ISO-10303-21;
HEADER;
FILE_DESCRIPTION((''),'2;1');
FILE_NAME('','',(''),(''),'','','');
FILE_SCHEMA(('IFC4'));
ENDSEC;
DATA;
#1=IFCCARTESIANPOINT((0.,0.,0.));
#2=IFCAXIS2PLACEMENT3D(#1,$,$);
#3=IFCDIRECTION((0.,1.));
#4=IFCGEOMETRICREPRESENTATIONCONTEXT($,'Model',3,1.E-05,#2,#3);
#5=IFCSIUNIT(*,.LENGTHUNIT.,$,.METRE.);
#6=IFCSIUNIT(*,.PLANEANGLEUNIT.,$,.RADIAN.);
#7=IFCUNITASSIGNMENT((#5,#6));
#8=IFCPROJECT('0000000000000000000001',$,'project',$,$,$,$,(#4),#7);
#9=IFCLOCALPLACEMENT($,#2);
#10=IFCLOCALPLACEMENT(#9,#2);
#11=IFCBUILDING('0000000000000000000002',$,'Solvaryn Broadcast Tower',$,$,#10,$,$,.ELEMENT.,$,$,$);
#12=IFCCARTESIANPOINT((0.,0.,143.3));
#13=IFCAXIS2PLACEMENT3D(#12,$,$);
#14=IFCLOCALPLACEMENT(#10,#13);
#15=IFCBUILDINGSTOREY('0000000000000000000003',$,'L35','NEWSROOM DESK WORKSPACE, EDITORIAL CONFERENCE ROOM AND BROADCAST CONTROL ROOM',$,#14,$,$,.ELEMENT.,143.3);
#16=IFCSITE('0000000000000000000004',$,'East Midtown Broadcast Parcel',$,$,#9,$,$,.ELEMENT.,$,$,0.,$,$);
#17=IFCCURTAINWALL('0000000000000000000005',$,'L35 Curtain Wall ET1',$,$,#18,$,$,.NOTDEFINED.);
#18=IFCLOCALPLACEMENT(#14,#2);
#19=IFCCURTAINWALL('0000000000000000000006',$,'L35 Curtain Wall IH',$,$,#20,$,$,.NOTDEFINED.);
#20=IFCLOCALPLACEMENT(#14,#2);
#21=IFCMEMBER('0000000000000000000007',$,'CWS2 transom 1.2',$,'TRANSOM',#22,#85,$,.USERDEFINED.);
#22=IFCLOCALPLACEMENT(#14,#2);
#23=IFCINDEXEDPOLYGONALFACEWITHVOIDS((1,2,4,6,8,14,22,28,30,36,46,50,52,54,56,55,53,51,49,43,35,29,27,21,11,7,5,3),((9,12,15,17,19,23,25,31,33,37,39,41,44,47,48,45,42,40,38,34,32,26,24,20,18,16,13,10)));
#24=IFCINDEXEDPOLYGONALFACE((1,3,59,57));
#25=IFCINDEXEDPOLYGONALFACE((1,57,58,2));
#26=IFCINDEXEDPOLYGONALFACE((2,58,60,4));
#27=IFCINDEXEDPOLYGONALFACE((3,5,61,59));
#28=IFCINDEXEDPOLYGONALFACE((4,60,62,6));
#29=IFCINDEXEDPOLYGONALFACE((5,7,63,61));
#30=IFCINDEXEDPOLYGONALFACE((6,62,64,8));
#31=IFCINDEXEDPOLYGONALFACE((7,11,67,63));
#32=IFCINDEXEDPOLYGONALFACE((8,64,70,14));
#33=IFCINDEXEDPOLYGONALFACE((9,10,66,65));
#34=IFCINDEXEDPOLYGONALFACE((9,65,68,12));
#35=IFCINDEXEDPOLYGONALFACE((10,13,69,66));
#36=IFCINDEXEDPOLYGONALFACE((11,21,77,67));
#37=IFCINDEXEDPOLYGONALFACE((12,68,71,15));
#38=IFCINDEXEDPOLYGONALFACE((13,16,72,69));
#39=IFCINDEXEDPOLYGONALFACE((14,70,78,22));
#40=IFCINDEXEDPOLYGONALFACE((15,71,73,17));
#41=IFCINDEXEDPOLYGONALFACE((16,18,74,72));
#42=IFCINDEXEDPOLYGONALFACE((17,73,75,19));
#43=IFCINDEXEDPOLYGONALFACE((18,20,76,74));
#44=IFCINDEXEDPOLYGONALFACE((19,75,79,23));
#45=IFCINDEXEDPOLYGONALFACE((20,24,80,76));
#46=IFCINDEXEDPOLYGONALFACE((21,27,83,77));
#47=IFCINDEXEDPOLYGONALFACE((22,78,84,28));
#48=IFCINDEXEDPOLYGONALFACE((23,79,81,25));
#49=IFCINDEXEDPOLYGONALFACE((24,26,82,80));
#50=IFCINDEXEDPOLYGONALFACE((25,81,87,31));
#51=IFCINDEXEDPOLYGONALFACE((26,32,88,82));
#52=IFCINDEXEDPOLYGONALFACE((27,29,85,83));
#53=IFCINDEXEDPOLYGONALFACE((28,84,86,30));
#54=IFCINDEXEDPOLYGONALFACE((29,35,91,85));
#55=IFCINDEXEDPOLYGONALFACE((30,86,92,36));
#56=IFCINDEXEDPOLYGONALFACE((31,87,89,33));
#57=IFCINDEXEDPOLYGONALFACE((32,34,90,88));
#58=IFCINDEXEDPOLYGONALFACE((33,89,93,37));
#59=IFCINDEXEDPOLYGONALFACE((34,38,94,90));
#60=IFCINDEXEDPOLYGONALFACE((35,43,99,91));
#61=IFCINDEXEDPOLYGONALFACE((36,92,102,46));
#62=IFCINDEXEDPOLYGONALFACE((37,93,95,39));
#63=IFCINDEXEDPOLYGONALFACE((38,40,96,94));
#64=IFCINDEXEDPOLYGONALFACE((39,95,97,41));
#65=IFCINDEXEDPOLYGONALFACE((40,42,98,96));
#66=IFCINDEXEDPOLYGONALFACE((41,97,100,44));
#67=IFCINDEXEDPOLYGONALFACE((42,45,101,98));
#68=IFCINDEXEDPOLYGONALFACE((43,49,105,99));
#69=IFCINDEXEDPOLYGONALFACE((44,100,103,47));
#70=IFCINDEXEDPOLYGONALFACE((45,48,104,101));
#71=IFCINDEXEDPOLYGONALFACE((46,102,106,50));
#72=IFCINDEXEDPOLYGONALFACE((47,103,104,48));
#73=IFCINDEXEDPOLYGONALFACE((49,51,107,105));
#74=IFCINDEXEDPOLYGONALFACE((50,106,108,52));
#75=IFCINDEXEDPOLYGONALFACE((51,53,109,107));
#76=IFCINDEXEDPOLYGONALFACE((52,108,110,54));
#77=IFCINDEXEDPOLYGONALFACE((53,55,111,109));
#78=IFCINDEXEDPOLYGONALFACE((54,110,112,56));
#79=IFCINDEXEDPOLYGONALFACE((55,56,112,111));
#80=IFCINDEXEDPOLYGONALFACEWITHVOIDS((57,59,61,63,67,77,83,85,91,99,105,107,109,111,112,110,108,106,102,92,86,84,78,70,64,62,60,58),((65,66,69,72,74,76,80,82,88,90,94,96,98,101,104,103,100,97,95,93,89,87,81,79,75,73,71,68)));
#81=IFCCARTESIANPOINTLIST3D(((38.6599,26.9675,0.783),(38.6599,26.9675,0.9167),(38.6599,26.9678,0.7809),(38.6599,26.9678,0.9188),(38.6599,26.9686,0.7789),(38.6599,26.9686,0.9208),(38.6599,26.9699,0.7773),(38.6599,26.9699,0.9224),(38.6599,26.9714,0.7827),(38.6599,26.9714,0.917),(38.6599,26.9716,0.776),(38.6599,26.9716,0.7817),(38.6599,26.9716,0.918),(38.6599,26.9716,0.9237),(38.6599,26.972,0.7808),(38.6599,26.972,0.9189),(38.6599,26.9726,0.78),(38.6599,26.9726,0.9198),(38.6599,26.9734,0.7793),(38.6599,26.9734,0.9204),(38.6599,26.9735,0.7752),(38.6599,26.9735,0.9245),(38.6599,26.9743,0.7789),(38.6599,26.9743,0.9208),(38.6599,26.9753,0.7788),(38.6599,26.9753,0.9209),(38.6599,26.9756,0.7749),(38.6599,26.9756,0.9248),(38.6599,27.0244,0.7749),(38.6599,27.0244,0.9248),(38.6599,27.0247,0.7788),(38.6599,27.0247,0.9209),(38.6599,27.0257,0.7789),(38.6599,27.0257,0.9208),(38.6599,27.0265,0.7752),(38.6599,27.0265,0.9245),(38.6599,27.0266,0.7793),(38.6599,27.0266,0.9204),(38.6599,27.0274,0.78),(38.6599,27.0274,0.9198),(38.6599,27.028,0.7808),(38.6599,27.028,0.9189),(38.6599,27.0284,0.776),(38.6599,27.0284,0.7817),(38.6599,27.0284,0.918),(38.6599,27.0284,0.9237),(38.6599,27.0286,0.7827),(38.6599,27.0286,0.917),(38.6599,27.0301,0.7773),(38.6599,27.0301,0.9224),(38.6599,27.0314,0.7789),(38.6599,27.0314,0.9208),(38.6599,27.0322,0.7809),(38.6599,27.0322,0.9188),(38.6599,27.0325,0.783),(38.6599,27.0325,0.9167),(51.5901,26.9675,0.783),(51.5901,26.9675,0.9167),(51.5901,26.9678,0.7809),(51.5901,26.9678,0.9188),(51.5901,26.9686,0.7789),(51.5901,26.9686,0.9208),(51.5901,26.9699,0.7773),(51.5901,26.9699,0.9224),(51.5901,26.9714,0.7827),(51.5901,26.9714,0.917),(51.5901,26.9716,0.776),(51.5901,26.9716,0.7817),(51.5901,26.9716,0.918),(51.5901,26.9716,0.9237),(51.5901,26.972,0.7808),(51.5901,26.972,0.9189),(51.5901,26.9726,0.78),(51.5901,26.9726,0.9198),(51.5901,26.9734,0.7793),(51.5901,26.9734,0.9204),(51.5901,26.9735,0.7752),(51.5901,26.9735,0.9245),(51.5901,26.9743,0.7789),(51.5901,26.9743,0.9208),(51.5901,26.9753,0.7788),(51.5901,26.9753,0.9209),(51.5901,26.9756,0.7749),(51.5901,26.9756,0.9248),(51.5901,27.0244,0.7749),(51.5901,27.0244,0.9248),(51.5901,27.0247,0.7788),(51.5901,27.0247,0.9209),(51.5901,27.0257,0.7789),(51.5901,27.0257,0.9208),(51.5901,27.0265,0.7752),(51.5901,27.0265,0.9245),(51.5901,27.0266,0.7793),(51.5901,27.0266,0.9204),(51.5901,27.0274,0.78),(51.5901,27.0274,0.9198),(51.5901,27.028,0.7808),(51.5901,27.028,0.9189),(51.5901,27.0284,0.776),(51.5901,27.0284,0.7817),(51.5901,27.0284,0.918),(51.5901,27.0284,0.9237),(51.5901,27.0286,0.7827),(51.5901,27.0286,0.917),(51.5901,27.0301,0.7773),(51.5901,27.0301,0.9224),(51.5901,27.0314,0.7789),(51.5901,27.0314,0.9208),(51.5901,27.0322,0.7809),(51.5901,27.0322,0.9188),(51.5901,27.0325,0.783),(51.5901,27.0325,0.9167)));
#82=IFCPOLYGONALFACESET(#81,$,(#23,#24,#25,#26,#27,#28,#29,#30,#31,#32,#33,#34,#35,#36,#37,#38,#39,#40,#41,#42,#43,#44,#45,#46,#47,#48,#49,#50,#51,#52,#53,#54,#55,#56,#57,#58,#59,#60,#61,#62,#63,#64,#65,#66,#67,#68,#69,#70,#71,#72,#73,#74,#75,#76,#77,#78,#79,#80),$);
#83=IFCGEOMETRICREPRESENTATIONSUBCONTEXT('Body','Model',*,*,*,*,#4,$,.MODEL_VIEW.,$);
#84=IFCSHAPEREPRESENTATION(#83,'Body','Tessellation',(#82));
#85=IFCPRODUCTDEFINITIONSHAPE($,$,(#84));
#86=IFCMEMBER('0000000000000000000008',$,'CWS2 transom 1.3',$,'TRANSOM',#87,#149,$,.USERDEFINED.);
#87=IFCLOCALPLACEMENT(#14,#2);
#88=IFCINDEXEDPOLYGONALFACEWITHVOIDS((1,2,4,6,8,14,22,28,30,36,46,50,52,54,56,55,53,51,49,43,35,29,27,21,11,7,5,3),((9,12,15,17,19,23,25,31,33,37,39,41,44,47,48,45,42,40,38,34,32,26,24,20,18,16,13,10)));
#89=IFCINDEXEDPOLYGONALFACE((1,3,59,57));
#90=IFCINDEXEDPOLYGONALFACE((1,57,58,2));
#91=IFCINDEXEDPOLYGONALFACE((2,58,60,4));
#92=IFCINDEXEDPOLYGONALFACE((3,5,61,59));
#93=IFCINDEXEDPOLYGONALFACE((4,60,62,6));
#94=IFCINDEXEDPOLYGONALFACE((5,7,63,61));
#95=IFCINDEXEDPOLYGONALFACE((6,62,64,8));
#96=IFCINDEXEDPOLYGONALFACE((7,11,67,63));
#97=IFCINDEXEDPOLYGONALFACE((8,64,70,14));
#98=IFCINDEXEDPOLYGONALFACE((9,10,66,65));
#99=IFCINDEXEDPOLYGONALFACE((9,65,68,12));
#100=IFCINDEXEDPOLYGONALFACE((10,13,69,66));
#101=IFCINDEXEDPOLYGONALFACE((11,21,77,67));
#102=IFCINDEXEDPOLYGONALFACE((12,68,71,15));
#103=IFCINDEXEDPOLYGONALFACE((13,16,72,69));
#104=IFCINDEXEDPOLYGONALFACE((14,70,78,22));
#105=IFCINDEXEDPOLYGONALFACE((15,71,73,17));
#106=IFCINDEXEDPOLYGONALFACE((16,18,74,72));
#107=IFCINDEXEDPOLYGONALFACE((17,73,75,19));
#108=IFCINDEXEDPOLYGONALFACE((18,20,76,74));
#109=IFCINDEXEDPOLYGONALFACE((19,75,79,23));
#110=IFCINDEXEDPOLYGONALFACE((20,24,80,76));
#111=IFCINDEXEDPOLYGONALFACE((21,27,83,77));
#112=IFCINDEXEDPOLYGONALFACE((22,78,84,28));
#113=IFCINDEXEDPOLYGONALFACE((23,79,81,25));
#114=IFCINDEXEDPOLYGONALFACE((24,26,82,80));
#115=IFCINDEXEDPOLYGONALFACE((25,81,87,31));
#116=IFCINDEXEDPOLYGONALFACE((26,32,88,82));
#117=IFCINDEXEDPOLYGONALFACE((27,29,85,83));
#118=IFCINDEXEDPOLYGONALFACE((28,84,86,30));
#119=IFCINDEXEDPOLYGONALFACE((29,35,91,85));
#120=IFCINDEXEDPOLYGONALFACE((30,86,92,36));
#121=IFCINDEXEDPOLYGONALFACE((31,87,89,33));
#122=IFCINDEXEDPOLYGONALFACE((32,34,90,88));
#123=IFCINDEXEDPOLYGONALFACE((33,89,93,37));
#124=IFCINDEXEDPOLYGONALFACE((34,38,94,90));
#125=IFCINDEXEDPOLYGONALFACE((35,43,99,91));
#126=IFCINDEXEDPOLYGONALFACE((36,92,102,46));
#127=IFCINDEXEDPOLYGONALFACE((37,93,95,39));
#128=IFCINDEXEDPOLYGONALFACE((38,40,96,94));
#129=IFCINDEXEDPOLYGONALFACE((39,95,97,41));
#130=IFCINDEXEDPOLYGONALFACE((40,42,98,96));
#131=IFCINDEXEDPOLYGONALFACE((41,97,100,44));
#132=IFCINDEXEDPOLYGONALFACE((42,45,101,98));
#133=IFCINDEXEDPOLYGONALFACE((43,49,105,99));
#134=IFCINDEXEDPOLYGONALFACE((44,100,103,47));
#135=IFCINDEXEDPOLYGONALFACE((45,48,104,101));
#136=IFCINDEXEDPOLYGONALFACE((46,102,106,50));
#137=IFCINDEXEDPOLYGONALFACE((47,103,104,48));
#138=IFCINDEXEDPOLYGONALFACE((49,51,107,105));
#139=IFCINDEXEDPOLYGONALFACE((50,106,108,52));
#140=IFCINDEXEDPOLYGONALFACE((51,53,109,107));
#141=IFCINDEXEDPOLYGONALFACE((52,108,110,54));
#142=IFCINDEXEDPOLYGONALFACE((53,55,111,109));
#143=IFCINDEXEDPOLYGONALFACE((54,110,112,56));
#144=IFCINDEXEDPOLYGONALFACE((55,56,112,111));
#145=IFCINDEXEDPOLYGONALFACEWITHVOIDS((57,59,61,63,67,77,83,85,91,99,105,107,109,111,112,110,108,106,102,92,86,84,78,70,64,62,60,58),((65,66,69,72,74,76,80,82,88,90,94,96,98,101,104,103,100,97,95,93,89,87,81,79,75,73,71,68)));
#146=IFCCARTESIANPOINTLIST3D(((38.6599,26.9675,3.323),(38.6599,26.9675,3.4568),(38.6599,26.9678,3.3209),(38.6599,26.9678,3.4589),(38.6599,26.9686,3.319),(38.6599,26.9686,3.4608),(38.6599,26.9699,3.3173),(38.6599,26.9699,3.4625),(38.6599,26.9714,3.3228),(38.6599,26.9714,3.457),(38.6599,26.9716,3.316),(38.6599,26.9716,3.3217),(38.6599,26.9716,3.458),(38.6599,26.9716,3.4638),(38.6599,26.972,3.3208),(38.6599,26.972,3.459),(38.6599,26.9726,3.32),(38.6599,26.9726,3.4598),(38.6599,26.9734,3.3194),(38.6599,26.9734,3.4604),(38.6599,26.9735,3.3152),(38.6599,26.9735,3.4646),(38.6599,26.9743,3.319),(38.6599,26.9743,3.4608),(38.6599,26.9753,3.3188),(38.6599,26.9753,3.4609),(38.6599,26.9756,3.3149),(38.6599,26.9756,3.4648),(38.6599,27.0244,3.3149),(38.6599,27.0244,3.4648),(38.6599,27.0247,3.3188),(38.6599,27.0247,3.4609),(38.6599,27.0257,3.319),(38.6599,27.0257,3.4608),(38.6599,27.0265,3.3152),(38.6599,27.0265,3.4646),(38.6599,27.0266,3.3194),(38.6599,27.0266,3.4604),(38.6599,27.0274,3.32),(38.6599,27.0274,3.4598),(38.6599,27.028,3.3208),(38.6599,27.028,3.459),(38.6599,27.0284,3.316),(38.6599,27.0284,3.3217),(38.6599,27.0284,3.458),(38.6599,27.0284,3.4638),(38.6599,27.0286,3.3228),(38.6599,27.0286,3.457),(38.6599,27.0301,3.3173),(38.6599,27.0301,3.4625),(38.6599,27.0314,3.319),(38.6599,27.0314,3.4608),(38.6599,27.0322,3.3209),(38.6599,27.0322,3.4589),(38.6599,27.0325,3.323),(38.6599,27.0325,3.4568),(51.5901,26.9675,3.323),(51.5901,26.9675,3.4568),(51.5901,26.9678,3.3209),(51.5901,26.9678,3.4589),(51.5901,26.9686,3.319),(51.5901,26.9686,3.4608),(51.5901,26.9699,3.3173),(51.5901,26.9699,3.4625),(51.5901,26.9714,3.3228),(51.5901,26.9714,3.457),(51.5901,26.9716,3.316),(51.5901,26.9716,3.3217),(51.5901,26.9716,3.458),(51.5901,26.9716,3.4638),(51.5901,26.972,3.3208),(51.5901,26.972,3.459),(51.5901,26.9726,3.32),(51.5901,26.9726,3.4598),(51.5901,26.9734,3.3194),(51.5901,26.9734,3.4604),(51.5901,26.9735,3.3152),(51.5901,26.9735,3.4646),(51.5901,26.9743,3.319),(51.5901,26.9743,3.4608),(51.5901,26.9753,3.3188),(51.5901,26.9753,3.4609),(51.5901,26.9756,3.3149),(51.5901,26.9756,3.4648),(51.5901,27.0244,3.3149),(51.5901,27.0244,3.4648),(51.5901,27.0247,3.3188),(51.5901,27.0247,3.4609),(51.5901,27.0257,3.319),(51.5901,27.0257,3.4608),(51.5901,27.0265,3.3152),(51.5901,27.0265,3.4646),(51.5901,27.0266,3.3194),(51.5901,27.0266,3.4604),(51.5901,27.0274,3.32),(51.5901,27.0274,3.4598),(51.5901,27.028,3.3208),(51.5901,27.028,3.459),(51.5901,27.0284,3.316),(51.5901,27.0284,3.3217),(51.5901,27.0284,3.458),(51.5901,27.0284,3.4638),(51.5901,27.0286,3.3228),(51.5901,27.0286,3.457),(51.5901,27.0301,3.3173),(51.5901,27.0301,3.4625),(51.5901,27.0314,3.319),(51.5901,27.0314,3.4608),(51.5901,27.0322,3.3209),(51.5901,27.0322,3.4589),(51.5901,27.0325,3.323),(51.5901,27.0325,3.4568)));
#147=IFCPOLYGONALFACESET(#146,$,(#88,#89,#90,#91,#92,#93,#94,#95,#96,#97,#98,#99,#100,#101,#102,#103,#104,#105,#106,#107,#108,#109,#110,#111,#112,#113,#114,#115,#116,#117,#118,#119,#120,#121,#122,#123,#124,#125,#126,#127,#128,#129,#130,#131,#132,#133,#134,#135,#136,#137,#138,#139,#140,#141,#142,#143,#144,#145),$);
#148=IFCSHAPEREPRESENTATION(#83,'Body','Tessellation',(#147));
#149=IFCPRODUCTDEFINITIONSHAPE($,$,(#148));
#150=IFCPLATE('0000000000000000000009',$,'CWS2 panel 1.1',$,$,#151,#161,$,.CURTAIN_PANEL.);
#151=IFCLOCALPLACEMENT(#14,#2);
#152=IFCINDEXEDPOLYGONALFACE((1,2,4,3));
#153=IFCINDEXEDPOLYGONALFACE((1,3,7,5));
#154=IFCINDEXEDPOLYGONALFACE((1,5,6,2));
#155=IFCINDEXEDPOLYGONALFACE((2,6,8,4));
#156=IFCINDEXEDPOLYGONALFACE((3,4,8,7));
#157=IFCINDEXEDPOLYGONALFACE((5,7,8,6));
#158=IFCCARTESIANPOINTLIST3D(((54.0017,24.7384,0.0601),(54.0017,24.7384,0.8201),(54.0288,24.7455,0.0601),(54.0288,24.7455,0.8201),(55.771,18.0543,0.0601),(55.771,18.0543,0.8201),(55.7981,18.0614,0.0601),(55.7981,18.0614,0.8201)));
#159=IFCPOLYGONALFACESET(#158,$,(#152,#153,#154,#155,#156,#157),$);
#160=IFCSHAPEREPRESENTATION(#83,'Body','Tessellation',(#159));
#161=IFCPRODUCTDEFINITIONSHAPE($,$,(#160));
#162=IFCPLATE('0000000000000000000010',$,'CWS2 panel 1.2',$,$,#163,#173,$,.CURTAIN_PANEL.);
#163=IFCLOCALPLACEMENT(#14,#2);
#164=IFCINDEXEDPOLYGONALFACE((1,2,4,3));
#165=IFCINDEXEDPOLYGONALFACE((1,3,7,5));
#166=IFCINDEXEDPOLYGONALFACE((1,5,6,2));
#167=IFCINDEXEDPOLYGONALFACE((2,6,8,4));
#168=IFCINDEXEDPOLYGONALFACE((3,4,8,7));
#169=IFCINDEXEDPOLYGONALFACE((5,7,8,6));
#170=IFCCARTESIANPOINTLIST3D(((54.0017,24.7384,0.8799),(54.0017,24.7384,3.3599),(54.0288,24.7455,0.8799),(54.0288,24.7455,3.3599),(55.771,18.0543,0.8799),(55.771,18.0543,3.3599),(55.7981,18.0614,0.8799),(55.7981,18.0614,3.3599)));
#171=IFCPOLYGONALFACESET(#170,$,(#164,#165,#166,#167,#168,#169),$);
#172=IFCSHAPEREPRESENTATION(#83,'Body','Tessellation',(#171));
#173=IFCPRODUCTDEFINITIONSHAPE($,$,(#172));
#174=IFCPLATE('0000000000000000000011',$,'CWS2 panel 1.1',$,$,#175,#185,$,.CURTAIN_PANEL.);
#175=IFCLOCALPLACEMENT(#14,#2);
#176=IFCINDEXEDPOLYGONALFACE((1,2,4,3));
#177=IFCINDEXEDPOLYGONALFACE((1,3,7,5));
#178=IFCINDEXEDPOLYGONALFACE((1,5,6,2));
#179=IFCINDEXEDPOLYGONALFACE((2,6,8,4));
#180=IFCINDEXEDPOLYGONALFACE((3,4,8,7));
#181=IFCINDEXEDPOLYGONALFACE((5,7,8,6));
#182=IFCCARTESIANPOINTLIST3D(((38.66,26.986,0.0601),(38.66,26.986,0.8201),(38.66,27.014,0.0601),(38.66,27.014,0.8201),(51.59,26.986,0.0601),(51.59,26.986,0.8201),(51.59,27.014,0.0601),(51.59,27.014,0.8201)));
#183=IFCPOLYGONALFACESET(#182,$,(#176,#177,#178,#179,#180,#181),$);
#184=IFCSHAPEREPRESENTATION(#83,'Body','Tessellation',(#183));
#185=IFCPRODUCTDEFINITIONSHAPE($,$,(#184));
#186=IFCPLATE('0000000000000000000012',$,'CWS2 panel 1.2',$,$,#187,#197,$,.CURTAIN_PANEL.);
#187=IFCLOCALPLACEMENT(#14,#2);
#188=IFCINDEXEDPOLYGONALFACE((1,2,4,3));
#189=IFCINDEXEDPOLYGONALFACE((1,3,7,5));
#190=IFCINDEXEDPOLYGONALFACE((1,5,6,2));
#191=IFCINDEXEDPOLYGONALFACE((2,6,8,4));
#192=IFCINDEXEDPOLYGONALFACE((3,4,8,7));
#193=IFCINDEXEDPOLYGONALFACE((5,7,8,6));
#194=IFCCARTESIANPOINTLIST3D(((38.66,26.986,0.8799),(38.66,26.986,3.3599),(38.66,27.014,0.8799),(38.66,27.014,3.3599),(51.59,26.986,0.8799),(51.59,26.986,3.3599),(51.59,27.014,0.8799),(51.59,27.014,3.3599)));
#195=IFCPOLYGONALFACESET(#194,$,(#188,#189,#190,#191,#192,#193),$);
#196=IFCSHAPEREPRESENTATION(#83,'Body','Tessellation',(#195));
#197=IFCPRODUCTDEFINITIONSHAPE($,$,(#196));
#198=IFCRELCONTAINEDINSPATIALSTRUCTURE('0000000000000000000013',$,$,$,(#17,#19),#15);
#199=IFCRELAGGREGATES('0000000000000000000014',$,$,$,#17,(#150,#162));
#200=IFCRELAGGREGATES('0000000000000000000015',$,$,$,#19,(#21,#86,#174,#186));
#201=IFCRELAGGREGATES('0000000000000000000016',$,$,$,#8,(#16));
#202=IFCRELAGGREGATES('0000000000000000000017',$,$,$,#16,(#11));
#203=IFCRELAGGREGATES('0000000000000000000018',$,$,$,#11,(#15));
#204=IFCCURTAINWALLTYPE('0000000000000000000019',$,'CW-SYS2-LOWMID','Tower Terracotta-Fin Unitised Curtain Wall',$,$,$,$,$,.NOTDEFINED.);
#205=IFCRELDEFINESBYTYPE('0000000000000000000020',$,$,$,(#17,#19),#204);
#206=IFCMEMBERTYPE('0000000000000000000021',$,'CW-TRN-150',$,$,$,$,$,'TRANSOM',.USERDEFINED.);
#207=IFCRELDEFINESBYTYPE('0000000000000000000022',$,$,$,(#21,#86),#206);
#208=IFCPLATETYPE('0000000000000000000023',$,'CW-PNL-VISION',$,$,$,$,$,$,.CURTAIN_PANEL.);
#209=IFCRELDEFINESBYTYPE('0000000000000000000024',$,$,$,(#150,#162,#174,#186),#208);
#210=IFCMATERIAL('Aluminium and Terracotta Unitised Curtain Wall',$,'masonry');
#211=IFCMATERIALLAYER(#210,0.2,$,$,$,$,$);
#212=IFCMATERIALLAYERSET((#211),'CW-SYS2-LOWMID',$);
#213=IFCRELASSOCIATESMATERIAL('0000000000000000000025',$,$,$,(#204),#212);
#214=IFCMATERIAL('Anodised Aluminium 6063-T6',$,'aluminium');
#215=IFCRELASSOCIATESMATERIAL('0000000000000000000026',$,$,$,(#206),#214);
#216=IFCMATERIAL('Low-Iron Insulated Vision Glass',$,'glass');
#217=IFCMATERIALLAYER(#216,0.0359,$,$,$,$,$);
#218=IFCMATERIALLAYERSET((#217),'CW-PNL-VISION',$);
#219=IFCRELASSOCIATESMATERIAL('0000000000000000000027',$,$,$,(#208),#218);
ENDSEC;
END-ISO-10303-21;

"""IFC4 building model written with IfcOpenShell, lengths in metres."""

from ifc_helpers import new_model, si_unit, direction, frame, origin, origin_2d, place, context, subcontext, project, spatial, rectangle, hollow_rectangle, extrude, material, layer, layer_set, material_profile, profile_set, type_object, element, aggregate, save


model = new_model("IFC4")

# Units and contexts
model_context = context("Model", 3, precision=1e-05, world=origin(), true_north=direction((0.0, 1.0)))
body_context = subcontext(model_context, "Body", "Model", "MODEL_VIEW")
ifc_project = project(units=[si_unit("LENGTHUNIT", "METRE"), si_unit("PLANEANGLEUNIT", "RADIAN")], contexts=[model_context])

# Site, building, storey
site_placement = place(None, origin())
site = spatial("IfcSite", under=ifc_project, at=site_placement, Name="East Midtown Broadcast Parcel", CompositionType="ELEMENT", RefElevation=0.0)
building_placement = place(site_placement, origin())
building = spatial("IfcBuilding", under=site, at=building_placement, Name="Solvaryn Broadcast Tower", CompositionType="ELEMENT")
storey_placement = place(building_placement, frame((0.0, 0.0, 143.3)))
storey = spatial("IfcBuildingStorey", under=building, at=storey_placement, Name="L35", Description="NEWSROOM DESK WORKSPACE, EDITORIAL CONFERENCE ROOM AND BROADCAST CONTROL ROOM", CompositionType="ELEMENT", Elevation=143.3)

# Curtain walls
ifc_material_1 = material(Name="Aluminium and Terracotta Unitised Curtain Wall", Category="masonry")
ifc_layer_1 = layer(ifc_material_1, 0.2)
ifc_layer_set_1 = layer_set([ifc_layer_1], Name="CW-SYS2-LOWMID")
curtain_wall_type = type_object("IfcCurtainWallType", Name="CW-SYS2-LOWMID", Description="Tower Terracotta-Fin Unitised Curtain Wall", PredefinedType="NOTDEFINED", material=ifc_layer_set_1)
curtain_wall_1_placement = place(storey_placement, origin())
curtain_wall_1 = element("IfcCurtainWall", 1, at=curtain_wall_1_placement, inside=storey, type_object=curtain_wall_type, Name="L35 Curtain Wall ET1", PredefinedType="NOTDEFINED")
curtain_wall_2_placement = place(storey_placement, origin())
curtain_wall_2 = element("IfcCurtainWall", 2, at=curtain_wall_2_placement, inside=storey, type_object=curtain_wall_type, Name="L35 Curtain Wall IH", PredefinedType="NOTDEFINED")

# Members
ifc_material_2 = material(Name="Anodised Aluminium 6063-T6", Category="aluminium")
ifc_material_profile_1 = material_profile(ifc_material_2, hollow_rectangle(XDim=0.0649, YDim=0.1499, WallThickness=0.0039, InnerFilletRadius=0.0039, OuterFilletRadius=0.0081, at=origin_2d()))
ifc_profile_set_1 = profile_set([ifc_material_profile_1], Name="Anodised Aluminium 6063-T6")
member_type_1 = type_object("IfcMemberType", Name="CW-TRN-150", ElementType="TRANSOM", PredefinedType="USERDEFINED", material=ifc_profile_set_1)
member_1_placement = place(storey_placement, frame((38.6599, 27.0, 0.8499), z_axis=(1.0, 0.0, 0.0), x_axis=(0.0, 1.0, 0.0)))
member_1 = element("IfcMember", 3, at=member_1_placement, type_object=member_type_1, Name="CWS2 transom 1.2", ObjectType="TRANSOM", PredefinedType="USERDEFINED", context=body_context, shape_type="SweptSolid", body=[
    extrude(hollow_rectangle(XDim=0.0649, YDim=0.1499, WallThickness=0.0039, InnerFilletRadius=0.0039, OuterFilletRadius=0.0081, at=origin_2d()), origin(), (0.0, 0.0, 1.0), 12.9302),
])
member_2_placement = place(storey_placement, frame((38.6599, 27.0, 3.3899), z_axis=(1.0, 0.0, 0.0), x_axis=(0.0, 1.0, 0.0)))
member_2 = element("IfcMember", 4, at=member_2_placement, type_object=member_type_1, Name="CWS2 transom 1.3", ObjectType="TRANSOM", PredefinedType="USERDEFINED", context=body_context, shape_type="SweptSolid", body=[
    extrude(hollow_rectangle(XDim=0.0649, YDim=0.1499, WallThickness=0.0039, InnerFilletRadius=0.0039, OuterFilletRadius=0.0081, at=origin_2d()), origin(), (0.0, 0.0, 1.0), 12.9302),
])

# Plates
ifc_material_3 = material(Name="Low-Iron Insulated Vision Glass", Category="glass")
ifc_layer_2 = layer(ifc_material_3, 0.0359)
ifc_layer_set_2 = layer_set([ifc_layer_2], Name="CW-PNL-VISION")
plate_type = type_object("IfcPlateType", Name="CW-PNL-VISION", PredefinedType="CURTAIN_PANEL", material=ifc_layer_set_2)
plate_1_placement = place(storey_placement, frame((54.8999, 21.3999, 0.0601), z_axis=(0.0, 0.0, 1.0), x_axis=(0.255893, -0.966705, 0.0)))
plate_1 = element("IfcPlate", 5, at=plate_1_placement, type_object=plate_type, Name="CWS2 panel 1.1", PredefinedType="CURTAIN_PANEL", context=body_context, shape_type="SweptSolid", body=[
    extrude(rectangle(XDim=6.9143, YDim=0.0281, at=origin_2d()), origin(), (0.0, 0.0, 1.0), 0.76),
])
plate_2_placement = place(storey_placement, frame((54.8999, 21.3999, 0.8799), z_axis=(0.0, 0.0, 1.0), x_axis=(0.255893, -0.966705, 0.0)))
plate_2 = element("IfcPlate", 6, at=plate_2_placement, type_object=plate_type, Name="CWS2 panel 1.2", PredefinedType="CURTAIN_PANEL", context=body_context, shape_type="SweptSolid", body=[
    extrude(rectangle(XDim=6.9143, YDim=0.0281, at=origin_2d()), origin(), (0.0, 0.0, 1.0), 2.48),
])
aggregate(curtain_wall_1, [plate_1, plate_2])
plate_3_placement = place(storey_placement, frame((45.125, 27.0, 0.0601), z_axis=(0.0, 0.0, 1.0), x_axis=(1.0, 0.0, 0.0)))
plate_3 = element("IfcPlate", 7, at=plate_3_placement, type_object=plate_type, Name="CWS2 panel 1.1", PredefinedType="CURTAIN_PANEL", context=body_context, shape_type="SweptSolid", body=[
    extrude(rectangle(XDim=12.9299, YDim=0.0281, at=origin_2d()), origin(), (0.0, 0.0, 1.0), 0.76),
])
plate_4_placement = place(storey_placement, frame((45.125, 27.0, 0.8799), z_axis=(0.0, 0.0, 1.0), x_axis=(1.0, 0.0, 0.0)))
plate_4 = element("IfcPlate", 8, at=plate_4_placement, type_object=plate_type, Name="CWS2 panel 1.2", PredefinedType="CURTAIN_PANEL", context=body_context, shape_type="SweptSolid", body=[
    extrude(rectangle(XDim=12.9299, YDim=0.0281, at=origin_2d()), origin(), (0.0, 0.0, 1.0), 2.48),
])
aggregate(curtain_wall_2, [member_1, member_2, plate_3, plate_4])

save(model, "model.ifc")
